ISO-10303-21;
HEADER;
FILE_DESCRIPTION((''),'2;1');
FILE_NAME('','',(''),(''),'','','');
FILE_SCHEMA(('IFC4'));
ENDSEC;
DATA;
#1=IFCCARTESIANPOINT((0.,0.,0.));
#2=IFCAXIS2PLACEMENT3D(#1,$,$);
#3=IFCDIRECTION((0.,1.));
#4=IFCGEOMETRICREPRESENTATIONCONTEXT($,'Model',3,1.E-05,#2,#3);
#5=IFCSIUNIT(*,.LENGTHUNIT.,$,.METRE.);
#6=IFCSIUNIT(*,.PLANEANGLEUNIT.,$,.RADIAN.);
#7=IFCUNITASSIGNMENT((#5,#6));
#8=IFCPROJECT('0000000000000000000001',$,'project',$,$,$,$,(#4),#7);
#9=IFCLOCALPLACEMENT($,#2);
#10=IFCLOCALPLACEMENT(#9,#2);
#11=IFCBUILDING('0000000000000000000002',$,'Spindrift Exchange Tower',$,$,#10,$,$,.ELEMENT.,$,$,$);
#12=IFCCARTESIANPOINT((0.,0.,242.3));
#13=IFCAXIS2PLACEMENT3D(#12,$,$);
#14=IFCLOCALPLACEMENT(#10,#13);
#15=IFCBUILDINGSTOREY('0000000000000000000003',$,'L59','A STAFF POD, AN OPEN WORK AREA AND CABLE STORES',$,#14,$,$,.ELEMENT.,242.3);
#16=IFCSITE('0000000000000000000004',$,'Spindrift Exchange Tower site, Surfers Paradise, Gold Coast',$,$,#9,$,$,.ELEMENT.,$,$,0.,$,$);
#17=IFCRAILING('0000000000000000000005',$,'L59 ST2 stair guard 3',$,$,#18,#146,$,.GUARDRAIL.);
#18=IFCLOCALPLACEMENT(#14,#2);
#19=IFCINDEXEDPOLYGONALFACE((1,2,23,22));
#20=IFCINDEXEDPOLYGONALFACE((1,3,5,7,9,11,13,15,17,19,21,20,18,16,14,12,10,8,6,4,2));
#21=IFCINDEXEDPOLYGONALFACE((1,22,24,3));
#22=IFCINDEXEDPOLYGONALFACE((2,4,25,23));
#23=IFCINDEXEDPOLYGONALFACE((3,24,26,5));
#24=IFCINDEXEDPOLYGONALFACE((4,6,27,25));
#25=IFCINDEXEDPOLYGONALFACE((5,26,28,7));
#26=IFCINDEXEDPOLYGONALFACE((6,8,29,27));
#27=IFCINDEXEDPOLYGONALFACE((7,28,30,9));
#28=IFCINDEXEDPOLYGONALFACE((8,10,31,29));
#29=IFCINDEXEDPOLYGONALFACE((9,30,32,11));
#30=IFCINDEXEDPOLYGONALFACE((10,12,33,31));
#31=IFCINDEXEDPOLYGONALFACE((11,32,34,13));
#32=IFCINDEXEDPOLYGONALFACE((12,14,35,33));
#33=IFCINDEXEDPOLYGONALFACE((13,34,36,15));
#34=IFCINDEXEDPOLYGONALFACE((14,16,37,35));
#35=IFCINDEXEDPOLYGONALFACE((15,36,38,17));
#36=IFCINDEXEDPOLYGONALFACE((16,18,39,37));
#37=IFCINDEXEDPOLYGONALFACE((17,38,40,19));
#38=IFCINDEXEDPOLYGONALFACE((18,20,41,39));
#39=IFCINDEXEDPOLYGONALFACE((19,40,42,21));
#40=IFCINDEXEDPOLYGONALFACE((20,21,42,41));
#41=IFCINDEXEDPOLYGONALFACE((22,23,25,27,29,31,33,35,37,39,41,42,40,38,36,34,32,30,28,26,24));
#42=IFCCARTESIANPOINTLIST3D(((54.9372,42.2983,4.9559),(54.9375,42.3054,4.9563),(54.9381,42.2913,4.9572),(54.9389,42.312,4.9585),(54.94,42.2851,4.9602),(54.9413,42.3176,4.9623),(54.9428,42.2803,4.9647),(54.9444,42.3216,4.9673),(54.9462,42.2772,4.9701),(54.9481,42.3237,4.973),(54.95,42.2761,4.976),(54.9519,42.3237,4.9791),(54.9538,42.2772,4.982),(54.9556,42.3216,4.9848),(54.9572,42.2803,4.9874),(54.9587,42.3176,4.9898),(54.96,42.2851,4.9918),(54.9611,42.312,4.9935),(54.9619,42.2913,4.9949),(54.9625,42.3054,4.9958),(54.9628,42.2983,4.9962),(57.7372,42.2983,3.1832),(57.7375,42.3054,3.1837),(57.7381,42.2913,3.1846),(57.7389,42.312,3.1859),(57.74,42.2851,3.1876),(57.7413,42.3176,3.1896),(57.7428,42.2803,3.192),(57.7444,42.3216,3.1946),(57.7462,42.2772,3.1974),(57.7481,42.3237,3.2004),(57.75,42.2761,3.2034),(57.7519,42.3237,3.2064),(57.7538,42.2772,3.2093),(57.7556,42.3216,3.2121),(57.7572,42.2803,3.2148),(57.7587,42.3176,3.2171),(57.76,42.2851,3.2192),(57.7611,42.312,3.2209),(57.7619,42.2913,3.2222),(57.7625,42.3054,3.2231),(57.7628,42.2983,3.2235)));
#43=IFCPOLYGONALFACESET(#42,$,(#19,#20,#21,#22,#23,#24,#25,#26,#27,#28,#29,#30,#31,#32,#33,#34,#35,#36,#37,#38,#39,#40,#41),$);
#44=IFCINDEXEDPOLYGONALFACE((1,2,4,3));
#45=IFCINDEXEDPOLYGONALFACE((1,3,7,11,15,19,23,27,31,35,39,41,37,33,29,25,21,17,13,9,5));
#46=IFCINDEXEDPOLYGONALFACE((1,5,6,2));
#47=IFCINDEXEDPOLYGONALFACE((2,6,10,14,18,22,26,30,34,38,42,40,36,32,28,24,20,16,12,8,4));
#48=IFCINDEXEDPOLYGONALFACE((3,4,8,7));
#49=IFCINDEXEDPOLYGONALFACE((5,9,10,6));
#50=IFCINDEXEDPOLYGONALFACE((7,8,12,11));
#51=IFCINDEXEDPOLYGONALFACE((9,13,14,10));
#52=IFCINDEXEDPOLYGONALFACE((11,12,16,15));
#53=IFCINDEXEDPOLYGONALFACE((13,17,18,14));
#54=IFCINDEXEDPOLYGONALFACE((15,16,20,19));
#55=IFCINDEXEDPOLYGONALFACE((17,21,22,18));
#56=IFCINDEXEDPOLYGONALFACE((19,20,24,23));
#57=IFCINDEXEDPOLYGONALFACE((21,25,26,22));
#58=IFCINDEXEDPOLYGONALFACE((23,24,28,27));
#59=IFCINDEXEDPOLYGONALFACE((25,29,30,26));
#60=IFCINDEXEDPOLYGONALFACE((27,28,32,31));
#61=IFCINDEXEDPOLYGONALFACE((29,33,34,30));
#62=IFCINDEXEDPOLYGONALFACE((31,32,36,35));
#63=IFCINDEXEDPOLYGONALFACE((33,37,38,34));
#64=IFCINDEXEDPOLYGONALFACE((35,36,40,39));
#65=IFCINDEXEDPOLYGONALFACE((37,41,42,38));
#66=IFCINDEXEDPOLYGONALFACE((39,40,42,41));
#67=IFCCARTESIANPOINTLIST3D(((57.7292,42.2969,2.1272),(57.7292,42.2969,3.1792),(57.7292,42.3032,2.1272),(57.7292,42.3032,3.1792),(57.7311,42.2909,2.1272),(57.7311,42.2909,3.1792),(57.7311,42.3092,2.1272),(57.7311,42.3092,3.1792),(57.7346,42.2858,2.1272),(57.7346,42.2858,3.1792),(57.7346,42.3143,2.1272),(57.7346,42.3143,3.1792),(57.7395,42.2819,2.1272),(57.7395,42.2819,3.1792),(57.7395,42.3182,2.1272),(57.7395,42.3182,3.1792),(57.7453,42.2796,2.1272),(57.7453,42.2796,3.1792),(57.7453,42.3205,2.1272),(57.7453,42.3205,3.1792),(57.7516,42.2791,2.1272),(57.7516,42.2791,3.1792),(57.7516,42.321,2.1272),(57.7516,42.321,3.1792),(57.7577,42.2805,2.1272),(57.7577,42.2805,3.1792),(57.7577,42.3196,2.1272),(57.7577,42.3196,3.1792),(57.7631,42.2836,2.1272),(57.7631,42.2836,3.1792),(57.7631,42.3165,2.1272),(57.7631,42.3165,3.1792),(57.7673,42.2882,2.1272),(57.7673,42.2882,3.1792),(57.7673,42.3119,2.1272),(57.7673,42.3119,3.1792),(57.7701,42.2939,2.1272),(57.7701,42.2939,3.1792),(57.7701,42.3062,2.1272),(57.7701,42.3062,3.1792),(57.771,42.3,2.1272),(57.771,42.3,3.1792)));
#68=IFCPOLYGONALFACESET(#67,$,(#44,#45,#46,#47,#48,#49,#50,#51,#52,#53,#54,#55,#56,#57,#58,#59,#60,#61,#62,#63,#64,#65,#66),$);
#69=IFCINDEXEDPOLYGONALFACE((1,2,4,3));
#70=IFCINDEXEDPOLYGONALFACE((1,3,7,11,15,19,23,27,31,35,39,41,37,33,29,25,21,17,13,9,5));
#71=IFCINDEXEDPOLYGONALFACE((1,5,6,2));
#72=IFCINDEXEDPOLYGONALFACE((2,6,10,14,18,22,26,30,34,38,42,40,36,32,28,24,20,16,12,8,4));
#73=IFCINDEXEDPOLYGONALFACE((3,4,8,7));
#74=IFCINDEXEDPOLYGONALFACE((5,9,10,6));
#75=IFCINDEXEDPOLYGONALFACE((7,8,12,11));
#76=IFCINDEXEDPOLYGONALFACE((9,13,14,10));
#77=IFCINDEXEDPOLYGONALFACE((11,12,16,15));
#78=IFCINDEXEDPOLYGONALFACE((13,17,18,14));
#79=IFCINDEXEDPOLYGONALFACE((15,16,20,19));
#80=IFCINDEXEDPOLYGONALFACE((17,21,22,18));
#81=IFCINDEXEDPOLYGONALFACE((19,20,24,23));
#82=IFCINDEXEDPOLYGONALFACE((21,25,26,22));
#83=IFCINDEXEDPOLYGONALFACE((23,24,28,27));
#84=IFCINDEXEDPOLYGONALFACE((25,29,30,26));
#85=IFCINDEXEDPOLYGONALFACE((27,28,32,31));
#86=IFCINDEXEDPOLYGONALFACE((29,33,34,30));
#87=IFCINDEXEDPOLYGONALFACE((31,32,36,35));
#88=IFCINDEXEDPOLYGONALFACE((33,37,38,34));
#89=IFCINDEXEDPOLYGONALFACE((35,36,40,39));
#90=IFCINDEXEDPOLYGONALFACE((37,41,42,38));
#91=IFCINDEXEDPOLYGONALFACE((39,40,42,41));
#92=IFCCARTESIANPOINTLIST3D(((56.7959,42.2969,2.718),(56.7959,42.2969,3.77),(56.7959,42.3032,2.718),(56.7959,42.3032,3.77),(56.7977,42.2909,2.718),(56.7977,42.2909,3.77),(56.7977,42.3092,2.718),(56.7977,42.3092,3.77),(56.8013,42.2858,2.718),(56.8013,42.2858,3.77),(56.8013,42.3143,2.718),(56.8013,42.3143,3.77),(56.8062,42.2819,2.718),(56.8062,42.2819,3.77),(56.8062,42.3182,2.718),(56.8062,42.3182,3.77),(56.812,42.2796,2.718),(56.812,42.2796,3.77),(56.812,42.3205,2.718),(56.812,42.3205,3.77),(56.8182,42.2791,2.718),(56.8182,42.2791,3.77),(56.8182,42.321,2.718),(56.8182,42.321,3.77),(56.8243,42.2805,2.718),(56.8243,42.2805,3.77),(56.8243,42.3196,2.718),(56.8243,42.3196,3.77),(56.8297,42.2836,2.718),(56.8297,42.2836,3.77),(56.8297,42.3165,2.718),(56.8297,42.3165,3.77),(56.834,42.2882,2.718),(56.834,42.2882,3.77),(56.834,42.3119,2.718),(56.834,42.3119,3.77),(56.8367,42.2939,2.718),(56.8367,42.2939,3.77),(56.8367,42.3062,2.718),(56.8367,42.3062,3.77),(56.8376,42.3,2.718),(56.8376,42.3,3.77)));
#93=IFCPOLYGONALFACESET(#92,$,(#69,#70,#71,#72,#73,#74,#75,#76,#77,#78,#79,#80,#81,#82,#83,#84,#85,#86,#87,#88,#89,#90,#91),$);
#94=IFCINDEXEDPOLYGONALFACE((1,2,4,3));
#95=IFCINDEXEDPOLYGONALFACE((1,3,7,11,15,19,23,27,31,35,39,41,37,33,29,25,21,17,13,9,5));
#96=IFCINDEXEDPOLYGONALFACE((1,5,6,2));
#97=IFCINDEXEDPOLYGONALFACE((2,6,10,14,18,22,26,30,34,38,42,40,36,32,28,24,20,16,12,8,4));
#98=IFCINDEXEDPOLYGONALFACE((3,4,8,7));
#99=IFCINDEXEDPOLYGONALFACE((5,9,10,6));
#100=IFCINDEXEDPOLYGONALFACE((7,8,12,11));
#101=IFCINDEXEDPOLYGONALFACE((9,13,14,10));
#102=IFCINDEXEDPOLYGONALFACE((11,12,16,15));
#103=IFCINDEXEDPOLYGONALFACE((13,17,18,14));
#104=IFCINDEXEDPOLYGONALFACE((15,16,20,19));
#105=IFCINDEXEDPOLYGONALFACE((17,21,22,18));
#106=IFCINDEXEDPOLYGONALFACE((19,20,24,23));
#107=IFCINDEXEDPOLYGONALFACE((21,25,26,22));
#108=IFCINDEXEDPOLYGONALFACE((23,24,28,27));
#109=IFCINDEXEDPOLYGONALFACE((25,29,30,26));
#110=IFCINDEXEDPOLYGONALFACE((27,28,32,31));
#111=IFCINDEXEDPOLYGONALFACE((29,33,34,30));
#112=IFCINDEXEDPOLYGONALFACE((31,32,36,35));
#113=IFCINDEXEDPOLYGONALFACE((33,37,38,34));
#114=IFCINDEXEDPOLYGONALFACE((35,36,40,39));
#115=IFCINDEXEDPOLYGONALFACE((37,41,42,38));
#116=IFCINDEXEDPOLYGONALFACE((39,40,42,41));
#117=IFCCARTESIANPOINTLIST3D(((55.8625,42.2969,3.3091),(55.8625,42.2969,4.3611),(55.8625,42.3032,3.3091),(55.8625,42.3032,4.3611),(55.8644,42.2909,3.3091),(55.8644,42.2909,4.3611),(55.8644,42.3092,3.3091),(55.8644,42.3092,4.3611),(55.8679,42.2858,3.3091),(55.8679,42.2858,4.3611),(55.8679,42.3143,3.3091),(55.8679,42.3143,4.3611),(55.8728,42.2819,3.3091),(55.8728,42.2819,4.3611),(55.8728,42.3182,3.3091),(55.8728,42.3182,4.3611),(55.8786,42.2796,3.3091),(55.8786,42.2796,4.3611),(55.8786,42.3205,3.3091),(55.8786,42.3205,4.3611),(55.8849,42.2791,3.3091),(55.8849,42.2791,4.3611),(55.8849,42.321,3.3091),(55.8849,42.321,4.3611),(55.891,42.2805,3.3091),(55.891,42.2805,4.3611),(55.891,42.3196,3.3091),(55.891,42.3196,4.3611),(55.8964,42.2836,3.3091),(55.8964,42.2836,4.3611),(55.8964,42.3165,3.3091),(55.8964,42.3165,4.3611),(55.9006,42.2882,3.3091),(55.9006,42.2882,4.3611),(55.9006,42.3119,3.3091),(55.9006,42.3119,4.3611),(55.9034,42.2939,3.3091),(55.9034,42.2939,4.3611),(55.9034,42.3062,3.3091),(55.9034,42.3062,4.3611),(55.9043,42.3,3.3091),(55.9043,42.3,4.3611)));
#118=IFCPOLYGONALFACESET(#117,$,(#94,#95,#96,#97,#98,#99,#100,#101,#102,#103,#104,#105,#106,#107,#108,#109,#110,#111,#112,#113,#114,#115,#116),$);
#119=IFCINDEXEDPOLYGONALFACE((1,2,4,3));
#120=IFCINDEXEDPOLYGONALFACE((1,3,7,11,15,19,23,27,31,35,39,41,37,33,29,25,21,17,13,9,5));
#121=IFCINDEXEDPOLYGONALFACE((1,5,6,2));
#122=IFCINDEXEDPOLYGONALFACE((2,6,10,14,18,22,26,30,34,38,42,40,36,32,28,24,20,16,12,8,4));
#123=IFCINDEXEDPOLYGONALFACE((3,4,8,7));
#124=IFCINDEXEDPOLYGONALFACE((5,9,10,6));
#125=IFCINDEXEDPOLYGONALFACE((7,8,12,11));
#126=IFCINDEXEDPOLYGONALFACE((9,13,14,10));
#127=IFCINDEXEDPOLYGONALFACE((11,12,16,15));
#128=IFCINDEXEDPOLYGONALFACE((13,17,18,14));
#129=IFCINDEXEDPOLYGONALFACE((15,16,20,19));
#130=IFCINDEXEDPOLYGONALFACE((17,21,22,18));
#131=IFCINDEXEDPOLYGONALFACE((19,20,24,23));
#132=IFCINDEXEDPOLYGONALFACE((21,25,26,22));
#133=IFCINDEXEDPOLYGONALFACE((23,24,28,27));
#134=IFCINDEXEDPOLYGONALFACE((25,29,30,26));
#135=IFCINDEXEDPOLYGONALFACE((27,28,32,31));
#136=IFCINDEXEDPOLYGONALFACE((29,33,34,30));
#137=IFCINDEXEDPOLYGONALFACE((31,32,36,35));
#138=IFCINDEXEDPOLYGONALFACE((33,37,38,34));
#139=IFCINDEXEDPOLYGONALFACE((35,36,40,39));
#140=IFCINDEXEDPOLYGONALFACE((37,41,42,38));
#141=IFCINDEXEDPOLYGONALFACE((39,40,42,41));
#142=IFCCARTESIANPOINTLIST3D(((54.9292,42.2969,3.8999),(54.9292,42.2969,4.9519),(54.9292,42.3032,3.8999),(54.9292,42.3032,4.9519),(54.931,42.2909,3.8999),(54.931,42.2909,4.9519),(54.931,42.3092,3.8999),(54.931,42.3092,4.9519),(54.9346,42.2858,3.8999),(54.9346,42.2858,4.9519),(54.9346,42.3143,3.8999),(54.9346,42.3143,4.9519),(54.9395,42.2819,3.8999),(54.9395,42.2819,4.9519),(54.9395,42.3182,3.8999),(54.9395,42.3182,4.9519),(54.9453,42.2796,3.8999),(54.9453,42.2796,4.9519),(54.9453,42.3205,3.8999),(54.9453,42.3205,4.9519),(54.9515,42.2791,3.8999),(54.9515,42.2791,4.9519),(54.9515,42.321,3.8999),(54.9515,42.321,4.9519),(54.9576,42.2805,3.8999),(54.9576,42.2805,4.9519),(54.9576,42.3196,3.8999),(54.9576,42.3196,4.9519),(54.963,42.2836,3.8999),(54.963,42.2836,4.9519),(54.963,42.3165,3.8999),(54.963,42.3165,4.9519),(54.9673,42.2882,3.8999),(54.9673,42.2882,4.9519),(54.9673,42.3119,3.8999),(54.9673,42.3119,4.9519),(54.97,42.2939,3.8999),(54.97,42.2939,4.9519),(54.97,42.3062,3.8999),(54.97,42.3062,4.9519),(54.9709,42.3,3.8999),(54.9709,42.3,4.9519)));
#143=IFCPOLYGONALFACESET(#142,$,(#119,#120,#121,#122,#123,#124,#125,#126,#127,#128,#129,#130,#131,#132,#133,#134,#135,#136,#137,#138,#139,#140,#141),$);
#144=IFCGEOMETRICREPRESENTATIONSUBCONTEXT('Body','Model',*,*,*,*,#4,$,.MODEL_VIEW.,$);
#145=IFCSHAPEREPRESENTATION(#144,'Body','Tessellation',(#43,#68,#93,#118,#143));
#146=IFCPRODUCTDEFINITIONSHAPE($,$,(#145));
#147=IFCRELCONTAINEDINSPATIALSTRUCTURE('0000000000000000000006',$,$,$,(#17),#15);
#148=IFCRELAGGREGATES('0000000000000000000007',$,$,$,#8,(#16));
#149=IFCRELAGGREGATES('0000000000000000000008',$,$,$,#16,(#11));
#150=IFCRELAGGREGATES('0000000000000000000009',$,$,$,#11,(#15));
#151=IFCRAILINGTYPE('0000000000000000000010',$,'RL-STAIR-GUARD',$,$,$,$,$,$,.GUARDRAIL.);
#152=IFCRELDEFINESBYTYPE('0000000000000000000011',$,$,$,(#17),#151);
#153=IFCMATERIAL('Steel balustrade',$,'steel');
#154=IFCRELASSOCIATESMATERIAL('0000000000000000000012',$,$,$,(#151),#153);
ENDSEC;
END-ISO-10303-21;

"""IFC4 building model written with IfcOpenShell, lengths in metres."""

from ifc_helpers import new_model, si_unit, direction, frame, origin, origin_2d, place, context, subcontext, project, spatial, circle, extrude, material, type_object, element, save


model = new_model("IFC4")

# Units and contexts
model_context = context("Model", 3, precision=1e-05, world=origin(), true_north=direction((0.0, 1.0)))
body_context = subcontext(model_context, "Body", "Model", "MODEL_VIEW")
ifc_project = project(units=[si_unit("LENGTHUNIT", "METRE"), si_unit("PLANEANGLEUNIT", "RADIAN")], contexts=[model_context])

# Site, building, storey
site_placement = place(None, origin())
site = spatial("IfcSite", under=ifc_project, at=site_placement, Name="Spindrift Exchange Tower site, Surfers Paradise, Gold Coast", CompositionType="ELEMENT", RefElevation=0.0)
building_placement = place(site_placement, origin())
building = spatial("IfcBuilding", under=site, at=building_placement, Name="Spindrift Exchange Tower", CompositionType="ELEMENT")
storey_placement = place(building_placement, frame((0.0, 0.0, 242.3)))
storey = spatial("IfcBuildingStorey", under=building, at=storey_placement, Name="L59", Description="A STAFF POD, AN OPEN WORK AREA AND CABLE STORES", CompositionType="ELEMENT", Elevation=242.3)

# Railing
ifc_material_1 = material(Name="Steel balustrade", Category="steel")
railing_type_1 = type_object("IfcRailingType", Name="RL-STAIR-GUARD", PredefinedType="GUARDRAIL", material=ifc_material_1)
railing_1_placement = place(storey_placement, frame((57.75, 42.3, 2.1272)))
element("IfcRailing", 1, at=railing_1_placement, inside=storey, type_object=railing_type_1, Name="L59 ST2 stair guard 3", PredefinedType="GUARDRAIL", context=body_context, shape_type="SweptSolid", body=[
    extrude(circle(Radius=0.0239, at=origin_2d()), frame((0.0, 0.0, 1.0762), z_axis=(-0.844909, 0.0, 0.53491), x_axis=(0.0, -1.0, 0.0)), (0.0, 0.0, 1.0), 3.314),
    extrude(circle(Radius=0.021, at=origin_2d()), origin(), (0.0, 0.0, 1.0), 1.052),
    extrude(circle(Radius=0.021, at=origin_2d()), frame((-0.9333, 0.0, 0.5908)), (0.0, 0.0, 1.0), 1.052),
    extrude(circle(Radius=0.021, at=origin_2d()), frame((-1.8667, 0.0, 1.1819)), (0.0, 0.0, 1.0), 1.052),
    extrude(circle(Radius=0.021, at=origin_2d()), frame((-2.8, 0.0, 1.7727)), (0.0, 0.0, 1.0), 1.052),
])

save(model, "model.ifc")
